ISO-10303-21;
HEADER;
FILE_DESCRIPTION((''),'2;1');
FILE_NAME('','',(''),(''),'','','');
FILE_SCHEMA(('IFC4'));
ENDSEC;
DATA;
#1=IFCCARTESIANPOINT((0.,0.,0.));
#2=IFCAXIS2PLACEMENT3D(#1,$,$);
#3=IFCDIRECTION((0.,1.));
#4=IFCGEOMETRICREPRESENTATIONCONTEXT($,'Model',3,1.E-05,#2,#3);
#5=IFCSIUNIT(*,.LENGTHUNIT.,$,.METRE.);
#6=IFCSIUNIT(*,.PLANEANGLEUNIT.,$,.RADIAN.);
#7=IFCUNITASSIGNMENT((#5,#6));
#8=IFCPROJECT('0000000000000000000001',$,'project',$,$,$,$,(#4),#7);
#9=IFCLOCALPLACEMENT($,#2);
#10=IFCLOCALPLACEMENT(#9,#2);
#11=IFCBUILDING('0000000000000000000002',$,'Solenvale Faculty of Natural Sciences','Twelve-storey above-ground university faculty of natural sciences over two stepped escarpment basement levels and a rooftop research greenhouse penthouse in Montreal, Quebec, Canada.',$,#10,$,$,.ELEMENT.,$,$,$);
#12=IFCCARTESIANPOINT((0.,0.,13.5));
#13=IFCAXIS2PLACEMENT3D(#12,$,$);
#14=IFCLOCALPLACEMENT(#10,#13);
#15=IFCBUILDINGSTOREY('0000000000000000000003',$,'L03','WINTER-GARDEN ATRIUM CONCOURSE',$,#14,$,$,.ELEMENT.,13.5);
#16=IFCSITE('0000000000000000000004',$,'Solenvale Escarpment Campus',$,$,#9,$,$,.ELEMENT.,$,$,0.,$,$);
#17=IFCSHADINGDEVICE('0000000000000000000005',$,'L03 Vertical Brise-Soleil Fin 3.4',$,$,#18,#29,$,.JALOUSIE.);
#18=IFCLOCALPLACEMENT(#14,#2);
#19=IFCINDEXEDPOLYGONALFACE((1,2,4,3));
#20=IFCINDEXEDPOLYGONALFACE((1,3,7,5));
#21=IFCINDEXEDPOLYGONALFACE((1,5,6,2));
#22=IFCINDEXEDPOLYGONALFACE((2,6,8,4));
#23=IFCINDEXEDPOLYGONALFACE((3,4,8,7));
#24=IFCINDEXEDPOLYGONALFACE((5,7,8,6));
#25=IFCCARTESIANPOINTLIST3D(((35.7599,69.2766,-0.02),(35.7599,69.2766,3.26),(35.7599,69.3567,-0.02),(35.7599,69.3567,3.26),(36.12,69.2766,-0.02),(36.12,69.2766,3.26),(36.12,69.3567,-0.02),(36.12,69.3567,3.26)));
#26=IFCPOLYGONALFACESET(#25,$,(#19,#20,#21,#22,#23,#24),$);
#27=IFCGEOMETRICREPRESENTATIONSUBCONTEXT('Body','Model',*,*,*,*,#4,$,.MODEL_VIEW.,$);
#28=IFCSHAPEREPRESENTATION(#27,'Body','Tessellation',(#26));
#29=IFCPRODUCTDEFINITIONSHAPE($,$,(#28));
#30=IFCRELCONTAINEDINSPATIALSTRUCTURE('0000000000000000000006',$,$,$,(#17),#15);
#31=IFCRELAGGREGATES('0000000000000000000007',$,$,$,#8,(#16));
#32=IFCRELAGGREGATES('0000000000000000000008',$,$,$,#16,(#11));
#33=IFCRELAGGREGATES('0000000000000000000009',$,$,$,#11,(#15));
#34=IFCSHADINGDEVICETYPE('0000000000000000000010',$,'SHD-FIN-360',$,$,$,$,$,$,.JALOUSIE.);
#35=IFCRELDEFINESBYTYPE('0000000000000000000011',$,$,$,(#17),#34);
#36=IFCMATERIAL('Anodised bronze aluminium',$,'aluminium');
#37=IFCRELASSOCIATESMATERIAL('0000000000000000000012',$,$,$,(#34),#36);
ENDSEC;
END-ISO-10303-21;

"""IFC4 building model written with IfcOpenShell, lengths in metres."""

from ifc_helpers import new_model, si_unit, direction, frame, origin, origin_2d, place, context, subcontext, project, spatial, rectangle, extrude, material, material_profile, profile_set, type_object, element, save


model = new_model("IFC4")

# Units and contexts
model_context = context("Model", 3, precision=1e-05, world=origin(), true_north=direction((0.0, 1.0)))
body_context = subcontext(model_context, "Body", "Model", "MODEL_VIEW")
ifc_project = project(units=[si_unit("LENGTHUNIT", "METRE"), si_unit("PLANEANGLEUNIT", "RADIAN")], contexts=[model_context])

# Site, building, storey
site_placement = place(None, origin())
site = spatial("IfcSite", under=ifc_project, at=site_placement, Name="Solenvale Escarpment Campus", CompositionType="ELEMENT", RefElevation=0.0)
building_placement = place(site_placement, origin())
building = spatial("IfcBuilding", under=site, at=building_placement, Name="Solenvale Faculty of Natural Sciences", Description="Twelve-storey above-ground university faculty of natural sciences over two stepped escarpment basement levels and a rooftop research greenhouse penthouse in Montreal, Quebec, Canada.", CompositionType="ELEMENT")
storey_placement = place(building_placement, frame((0.0, 0.0, 13.5)))
storey = spatial("IfcBuildingStorey", under=building, at=storey_placement, Name="L03", Description="WINTER-GARDEN ATRIUM CONCOURSE", CompositionType="ELEMENT", Elevation=13.5)

# Shared definitions
ifc_material_1 = material(Name="Anodised bronze aluminium", Category="aluminium")

# Shading device
ifc_material_profile_1 = material_profile(ifc_material_1, rectangle(XDim=0.0801, YDim=0.3601, at=origin_2d()), Name="ALU-FIN-80x360")
ifc_profile_set_1 = profile_set([ifc_material_profile_1], Name="Anodised bronze aluminium")
shading_device_type = type_object("IfcShadingDeviceType", Name="SHD-FIN-360", PredefinedType="JALOUSIE", material=ifc_profile_set_1)
shading_device_placement = place(storey_placement, frame((35.9399, 69.3167, -0.02), z_axis=(0.0, 0.0, 1.0), x_axis=(0.0, 1.0, 0.0)))
element("IfcShadingDevice", 1, at=shading_device_placement, inside=storey, type_object=shading_device_type, Name="L03 Vertical Brise-Soleil Fin 3.4", PredefinedType="JALOUSIE", context=body_context, shape_type="SweptSolid", body=[
    extrude(rectangle(XDim=0.0801, YDim=0.3601, at=origin_2d()), origin(), (0.0, 0.0, 1.0), 3.28),
])

save(model, "model.ifc")
